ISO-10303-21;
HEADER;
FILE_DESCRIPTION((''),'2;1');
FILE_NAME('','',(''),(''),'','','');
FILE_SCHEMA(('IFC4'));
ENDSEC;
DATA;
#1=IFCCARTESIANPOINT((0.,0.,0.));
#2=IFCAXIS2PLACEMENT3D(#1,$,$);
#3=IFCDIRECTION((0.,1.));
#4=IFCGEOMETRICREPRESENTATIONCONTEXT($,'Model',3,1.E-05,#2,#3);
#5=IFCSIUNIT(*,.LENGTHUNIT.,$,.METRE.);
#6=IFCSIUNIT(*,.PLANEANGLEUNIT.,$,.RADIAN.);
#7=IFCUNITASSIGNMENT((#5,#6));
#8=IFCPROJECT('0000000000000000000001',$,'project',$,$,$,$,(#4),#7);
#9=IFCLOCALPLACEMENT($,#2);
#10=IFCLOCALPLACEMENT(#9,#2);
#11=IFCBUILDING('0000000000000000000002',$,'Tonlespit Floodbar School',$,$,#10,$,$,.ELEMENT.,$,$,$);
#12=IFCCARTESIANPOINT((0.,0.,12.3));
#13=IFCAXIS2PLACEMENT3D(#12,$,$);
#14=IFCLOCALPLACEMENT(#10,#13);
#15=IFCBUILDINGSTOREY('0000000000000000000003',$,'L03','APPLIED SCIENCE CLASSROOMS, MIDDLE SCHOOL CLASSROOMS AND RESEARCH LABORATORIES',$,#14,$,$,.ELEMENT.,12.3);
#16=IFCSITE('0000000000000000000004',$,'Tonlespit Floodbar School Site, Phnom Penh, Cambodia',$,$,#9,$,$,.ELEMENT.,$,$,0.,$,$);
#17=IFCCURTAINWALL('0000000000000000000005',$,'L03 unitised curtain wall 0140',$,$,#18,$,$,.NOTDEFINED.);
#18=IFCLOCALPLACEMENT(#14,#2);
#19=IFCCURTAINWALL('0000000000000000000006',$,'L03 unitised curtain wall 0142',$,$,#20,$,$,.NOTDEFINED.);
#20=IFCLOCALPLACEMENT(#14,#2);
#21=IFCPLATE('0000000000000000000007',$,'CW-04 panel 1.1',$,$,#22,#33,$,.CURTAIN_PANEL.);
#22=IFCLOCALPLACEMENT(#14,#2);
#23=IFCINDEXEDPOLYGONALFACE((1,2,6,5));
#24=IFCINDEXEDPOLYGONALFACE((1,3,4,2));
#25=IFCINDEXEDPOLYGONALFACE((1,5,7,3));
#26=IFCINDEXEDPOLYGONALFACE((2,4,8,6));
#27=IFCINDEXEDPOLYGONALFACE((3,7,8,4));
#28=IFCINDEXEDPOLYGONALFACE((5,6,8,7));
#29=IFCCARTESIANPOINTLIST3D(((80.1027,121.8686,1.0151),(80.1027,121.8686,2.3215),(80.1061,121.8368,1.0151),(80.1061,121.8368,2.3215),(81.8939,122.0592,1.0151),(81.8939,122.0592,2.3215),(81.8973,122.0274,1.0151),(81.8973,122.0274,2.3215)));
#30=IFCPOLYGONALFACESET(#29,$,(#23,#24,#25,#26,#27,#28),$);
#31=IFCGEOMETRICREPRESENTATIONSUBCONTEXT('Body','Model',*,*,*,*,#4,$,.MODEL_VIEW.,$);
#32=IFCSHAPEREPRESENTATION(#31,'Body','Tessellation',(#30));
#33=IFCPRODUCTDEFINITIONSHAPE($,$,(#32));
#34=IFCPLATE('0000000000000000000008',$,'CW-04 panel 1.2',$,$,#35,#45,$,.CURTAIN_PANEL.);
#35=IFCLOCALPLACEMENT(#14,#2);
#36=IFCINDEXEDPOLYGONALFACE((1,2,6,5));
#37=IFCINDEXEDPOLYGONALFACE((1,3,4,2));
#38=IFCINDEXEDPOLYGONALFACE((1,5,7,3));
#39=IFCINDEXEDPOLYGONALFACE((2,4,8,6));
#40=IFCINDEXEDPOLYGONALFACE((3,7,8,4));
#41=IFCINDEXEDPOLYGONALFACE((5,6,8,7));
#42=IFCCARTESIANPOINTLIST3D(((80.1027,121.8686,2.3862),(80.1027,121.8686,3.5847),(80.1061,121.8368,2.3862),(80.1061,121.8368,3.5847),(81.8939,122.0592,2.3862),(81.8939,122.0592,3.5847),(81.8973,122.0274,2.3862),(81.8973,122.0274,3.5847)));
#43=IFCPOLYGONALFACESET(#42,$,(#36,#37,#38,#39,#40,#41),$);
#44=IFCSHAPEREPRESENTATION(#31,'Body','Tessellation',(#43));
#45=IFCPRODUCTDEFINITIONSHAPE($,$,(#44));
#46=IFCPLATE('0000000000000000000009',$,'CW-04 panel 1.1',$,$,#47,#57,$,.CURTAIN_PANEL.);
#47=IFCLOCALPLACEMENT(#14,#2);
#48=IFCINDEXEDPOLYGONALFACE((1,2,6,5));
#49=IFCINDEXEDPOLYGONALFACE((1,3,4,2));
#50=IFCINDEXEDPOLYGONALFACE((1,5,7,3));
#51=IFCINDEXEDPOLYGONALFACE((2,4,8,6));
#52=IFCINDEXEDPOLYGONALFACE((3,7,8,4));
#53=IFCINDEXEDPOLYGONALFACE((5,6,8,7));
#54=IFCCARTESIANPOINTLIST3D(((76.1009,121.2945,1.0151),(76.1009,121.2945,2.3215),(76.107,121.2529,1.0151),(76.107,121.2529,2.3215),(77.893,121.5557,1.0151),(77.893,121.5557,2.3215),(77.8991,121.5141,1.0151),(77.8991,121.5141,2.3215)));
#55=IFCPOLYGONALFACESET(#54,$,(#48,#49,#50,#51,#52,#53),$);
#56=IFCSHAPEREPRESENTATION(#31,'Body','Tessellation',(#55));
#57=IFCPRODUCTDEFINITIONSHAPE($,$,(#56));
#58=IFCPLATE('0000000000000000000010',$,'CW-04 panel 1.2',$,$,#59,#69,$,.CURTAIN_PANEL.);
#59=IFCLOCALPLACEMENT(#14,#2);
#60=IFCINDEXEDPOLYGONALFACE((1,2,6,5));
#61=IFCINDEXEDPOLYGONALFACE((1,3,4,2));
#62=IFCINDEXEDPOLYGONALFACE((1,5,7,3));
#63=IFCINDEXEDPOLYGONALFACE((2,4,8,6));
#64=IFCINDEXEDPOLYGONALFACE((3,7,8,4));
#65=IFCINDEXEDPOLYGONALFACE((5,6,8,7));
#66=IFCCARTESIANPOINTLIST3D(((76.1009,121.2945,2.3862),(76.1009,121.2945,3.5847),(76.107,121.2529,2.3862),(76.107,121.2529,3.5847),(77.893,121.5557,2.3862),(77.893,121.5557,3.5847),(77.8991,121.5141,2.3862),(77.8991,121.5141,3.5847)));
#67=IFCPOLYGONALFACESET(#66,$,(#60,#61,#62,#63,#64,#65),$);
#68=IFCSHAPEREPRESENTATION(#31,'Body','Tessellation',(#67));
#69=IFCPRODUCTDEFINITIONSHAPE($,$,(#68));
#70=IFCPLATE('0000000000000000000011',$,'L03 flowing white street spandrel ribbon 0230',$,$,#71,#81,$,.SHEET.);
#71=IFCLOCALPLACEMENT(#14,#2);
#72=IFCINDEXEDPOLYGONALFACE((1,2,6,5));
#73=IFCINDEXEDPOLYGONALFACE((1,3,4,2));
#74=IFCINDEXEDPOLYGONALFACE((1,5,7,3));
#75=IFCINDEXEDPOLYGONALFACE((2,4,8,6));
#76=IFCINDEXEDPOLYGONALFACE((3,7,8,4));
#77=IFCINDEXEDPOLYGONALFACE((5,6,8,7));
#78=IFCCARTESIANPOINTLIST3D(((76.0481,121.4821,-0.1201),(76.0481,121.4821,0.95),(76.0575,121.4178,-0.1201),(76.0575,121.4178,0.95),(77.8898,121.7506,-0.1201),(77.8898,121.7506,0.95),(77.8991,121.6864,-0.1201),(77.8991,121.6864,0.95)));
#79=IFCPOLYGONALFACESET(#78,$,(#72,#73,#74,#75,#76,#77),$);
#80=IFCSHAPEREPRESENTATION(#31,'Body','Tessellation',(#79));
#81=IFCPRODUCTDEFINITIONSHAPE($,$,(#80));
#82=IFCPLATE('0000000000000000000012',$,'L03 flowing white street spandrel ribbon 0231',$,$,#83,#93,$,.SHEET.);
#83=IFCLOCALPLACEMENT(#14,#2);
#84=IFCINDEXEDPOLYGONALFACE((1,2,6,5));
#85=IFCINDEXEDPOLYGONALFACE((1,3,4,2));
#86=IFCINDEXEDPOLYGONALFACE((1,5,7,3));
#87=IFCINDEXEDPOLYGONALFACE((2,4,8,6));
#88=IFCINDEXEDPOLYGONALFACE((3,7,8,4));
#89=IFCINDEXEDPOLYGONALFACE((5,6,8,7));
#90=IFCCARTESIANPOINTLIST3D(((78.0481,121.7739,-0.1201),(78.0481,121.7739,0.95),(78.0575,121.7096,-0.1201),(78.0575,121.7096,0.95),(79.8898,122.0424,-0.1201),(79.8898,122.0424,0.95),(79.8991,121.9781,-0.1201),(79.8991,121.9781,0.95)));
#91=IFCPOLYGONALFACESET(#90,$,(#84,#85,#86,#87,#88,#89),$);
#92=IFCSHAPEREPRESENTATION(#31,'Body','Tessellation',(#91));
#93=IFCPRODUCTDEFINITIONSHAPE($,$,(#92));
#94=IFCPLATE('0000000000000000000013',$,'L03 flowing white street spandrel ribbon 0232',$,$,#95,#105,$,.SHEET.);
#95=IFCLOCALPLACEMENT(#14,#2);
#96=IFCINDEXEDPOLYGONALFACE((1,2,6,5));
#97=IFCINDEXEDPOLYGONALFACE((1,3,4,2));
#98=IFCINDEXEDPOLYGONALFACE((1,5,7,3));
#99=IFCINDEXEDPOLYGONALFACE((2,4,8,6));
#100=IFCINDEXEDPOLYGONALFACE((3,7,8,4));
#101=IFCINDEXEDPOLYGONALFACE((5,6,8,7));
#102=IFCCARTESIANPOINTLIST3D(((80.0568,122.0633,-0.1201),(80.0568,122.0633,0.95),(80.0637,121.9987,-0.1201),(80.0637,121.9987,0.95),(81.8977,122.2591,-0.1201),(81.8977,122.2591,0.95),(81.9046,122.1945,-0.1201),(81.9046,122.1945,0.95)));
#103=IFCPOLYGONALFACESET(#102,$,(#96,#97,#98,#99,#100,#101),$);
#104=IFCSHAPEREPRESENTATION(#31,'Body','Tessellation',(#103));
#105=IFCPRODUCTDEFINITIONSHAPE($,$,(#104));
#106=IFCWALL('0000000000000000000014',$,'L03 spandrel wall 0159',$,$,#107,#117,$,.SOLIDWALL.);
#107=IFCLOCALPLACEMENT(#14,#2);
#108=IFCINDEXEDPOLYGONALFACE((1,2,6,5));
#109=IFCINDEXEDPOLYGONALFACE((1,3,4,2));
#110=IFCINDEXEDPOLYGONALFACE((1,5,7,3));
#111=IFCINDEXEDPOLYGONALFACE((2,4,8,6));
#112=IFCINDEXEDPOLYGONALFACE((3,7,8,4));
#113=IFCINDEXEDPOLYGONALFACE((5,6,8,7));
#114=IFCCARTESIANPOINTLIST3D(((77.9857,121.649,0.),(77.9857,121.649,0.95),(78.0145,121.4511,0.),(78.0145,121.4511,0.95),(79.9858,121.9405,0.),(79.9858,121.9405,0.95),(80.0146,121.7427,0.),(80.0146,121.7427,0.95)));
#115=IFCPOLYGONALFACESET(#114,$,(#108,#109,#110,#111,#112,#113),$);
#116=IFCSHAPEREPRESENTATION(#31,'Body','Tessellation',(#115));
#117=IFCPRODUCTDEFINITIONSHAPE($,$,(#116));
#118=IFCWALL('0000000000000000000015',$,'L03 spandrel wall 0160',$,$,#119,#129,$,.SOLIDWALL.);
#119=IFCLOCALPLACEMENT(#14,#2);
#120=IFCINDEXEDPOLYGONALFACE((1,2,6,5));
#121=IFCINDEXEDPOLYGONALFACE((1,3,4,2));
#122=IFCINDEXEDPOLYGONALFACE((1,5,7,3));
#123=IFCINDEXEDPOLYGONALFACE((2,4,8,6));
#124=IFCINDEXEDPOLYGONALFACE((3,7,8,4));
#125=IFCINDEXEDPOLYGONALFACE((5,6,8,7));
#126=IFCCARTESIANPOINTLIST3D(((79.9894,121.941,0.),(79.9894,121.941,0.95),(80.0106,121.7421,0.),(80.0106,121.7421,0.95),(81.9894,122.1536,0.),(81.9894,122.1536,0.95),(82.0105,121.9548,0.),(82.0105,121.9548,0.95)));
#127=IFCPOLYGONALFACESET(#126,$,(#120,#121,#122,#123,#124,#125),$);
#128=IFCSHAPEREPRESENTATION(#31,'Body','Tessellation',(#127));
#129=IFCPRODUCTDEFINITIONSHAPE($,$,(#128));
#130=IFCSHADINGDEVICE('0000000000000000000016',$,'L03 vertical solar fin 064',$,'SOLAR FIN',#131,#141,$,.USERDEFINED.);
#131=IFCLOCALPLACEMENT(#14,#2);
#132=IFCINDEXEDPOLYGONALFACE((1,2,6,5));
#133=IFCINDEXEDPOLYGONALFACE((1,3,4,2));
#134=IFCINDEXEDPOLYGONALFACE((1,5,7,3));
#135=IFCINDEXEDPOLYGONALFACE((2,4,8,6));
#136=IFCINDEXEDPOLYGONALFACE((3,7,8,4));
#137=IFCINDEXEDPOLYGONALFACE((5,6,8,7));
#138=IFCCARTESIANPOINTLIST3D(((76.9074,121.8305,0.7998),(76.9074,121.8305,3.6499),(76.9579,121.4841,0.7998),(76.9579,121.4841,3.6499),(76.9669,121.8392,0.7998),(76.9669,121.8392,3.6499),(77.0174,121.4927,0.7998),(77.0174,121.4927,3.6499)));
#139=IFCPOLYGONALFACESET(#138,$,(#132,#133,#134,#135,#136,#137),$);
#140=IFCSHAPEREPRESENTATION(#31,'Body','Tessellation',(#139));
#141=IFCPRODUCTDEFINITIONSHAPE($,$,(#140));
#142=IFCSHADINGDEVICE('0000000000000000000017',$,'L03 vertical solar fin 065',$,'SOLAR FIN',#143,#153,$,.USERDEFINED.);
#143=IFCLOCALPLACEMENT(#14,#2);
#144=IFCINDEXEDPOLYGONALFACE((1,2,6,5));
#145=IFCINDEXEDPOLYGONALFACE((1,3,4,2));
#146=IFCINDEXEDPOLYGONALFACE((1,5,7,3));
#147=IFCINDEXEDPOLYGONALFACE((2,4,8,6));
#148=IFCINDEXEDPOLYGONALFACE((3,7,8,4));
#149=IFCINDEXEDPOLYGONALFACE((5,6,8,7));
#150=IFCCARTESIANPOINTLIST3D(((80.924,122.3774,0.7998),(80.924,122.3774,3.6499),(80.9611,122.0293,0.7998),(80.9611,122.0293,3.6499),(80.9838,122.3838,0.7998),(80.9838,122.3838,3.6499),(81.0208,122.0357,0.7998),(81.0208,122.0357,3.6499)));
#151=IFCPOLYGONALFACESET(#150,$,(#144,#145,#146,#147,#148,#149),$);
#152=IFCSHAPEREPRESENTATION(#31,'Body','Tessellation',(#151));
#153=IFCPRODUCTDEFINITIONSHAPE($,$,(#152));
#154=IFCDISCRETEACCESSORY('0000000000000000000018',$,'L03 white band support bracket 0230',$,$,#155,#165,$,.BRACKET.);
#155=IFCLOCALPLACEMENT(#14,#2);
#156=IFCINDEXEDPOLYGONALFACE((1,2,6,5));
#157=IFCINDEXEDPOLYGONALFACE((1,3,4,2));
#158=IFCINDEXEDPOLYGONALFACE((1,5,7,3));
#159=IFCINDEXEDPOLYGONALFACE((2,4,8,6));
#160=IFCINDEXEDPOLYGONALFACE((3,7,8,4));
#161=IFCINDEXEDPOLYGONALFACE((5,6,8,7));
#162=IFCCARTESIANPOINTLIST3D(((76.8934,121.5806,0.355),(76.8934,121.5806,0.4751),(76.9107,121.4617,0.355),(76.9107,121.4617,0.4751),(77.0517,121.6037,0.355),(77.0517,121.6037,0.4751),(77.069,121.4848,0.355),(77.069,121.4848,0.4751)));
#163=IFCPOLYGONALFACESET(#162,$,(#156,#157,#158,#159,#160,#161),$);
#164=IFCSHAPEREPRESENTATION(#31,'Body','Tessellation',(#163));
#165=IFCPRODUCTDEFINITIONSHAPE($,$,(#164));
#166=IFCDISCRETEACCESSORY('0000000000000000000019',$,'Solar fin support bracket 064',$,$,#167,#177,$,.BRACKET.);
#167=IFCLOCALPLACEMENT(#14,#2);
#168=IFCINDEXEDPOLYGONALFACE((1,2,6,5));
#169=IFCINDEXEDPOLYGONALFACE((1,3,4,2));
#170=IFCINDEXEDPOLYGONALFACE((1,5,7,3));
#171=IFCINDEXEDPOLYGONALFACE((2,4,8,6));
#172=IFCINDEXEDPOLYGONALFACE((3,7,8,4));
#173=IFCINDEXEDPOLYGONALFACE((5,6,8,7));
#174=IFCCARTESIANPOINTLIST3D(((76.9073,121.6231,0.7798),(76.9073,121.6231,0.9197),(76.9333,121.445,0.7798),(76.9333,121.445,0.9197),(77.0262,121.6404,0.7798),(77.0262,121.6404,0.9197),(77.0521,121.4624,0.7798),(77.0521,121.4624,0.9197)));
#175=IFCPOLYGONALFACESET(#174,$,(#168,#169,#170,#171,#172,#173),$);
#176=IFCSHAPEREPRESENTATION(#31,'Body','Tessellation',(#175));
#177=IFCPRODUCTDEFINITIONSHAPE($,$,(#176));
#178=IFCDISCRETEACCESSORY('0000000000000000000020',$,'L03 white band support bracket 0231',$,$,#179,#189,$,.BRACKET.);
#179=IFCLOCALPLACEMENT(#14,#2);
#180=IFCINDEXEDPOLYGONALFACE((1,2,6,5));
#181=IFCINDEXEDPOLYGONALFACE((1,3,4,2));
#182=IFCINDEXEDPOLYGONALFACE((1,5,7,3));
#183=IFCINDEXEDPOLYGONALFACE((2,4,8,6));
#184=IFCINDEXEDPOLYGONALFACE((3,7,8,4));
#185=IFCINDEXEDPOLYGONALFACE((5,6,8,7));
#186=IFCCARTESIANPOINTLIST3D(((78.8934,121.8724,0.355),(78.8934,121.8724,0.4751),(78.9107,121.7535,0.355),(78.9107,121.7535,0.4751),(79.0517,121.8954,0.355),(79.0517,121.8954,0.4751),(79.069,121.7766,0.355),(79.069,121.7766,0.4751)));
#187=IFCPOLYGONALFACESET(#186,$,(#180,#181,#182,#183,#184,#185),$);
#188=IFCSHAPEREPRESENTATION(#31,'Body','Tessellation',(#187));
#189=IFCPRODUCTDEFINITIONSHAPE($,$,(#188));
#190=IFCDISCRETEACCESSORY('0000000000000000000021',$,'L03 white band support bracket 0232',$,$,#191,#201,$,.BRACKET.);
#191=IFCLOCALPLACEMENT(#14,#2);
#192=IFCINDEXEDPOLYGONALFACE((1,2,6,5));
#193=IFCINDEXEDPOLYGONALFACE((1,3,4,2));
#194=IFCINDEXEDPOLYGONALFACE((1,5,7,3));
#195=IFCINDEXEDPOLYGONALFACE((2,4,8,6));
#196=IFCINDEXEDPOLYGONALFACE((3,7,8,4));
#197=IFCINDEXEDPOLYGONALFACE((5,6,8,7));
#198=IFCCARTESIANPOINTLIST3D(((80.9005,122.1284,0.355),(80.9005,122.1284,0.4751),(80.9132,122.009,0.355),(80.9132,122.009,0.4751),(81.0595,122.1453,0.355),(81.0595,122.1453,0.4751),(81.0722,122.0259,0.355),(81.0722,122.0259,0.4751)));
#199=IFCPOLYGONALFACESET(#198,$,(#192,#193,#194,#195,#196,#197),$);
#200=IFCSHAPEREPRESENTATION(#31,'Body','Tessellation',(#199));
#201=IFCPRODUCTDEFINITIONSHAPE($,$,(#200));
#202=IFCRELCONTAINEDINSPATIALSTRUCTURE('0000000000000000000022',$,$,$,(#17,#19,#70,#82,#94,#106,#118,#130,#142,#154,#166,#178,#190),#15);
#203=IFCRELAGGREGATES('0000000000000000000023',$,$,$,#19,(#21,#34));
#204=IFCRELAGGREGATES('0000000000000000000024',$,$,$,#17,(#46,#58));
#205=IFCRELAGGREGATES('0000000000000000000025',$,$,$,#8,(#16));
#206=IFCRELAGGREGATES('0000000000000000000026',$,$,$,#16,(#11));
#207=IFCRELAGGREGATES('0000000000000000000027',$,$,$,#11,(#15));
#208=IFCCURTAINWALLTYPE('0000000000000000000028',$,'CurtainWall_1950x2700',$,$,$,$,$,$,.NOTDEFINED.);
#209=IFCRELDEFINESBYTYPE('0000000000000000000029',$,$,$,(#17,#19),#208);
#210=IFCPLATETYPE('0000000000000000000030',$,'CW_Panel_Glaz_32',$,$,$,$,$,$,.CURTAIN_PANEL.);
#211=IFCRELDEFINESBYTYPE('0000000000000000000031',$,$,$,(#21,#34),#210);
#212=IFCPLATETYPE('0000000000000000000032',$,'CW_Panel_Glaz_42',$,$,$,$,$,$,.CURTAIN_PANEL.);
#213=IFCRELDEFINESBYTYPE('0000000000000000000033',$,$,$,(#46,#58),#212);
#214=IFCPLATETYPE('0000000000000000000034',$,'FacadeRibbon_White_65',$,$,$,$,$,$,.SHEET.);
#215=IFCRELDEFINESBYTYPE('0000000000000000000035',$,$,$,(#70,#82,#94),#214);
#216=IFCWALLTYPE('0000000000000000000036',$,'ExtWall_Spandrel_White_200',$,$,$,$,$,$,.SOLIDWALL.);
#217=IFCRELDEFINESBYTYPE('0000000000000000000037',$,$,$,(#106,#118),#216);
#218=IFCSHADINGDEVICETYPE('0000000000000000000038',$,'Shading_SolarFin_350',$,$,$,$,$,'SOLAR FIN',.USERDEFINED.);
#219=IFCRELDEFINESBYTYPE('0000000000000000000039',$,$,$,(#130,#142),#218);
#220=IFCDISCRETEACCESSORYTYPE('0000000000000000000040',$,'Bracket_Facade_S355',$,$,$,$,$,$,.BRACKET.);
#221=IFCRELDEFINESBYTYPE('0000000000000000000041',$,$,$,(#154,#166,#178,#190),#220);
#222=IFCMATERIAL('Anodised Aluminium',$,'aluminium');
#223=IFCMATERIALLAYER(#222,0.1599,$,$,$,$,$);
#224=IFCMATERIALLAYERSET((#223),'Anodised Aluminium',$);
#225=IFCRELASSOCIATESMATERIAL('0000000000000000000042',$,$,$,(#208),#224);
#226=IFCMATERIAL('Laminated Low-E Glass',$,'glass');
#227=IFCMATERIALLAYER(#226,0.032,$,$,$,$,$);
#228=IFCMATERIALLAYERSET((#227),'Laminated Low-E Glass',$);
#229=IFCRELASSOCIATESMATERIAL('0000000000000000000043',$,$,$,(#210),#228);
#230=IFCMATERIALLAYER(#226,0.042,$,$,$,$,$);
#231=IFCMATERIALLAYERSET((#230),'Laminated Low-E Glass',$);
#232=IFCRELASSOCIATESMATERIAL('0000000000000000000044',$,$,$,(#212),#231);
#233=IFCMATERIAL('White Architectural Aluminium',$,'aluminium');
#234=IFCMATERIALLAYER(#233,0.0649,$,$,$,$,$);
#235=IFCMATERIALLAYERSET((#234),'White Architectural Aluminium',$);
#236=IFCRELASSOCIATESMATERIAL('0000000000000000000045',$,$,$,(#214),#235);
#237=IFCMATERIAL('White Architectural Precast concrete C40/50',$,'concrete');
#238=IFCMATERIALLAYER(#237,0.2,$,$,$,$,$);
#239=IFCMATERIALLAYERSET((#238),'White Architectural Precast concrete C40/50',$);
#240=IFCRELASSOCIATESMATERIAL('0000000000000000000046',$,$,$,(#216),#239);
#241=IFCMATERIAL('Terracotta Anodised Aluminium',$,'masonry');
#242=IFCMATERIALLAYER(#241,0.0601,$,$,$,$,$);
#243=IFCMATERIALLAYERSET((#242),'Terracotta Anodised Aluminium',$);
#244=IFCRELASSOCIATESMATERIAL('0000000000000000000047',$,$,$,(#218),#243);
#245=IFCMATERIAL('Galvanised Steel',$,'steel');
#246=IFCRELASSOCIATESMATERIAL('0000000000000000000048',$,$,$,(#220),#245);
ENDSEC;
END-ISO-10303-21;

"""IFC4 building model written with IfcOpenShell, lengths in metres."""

from ifc_helpers import new_model, si_unit, direction, frame, frame_2d, origin, origin_2d, place, context, subcontext, project, spatial, rectangle, extrude, material, layer, layer_set, type_object, element, aggregate, save


model = new_model("IFC4")

# Units and contexts
model_context = context("Model", 3, precision=1e-05, world=origin(), true_north=direction((0.0, 1.0)))
body_context = subcontext(model_context, "Body", "Model", "MODEL_VIEW")
ifc_project = project(units=[si_unit("LENGTHUNIT", "METRE"), si_unit("PLANEANGLEUNIT", "RADIAN")], contexts=[model_context])

# Site, building, storey
site_placement = place(None, origin())
site = spatial("IfcSite", under=ifc_project, at=site_placement, Name="Tonlespit Floodbar School Site, Phnom Penh, Cambodia", CompositionType="ELEMENT", RefElevation=0.0)
building_placement = place(site_placement, origin())
building = spatial("IfcBuilding", under=site, at=building_placement, Name="Tonlespit Floodbar School", CompositionType="ELEMENT")
storey_placement = place(building_placement, frame((0.0, 0.0, 12.3)))
storey = spatial("IfcBuildingStorey", under=building, at=storey_placement, Name="L03", Description="APPLIED SCIENCE CLASSROOMS, MIDDLE SCHOOL CLASSROOMS AND RESEARCH LABORATORIES", CompositionType="ELEMENT", Elevation=12.3)

# Curtain walls
ifc_material_1 = material(Name="Anodised Aluminium", Category="aluminium")
ifc_layer_1 = layer(ifc_material_1, 0.1599)
ifc_layer_set_1 = layer_set([ifc_layer_1], Name="Anodised Aluminium")
curtain_wall_type = type_object("IfcCurtainWallType", Name="CurtainWall_1950x2700", PredefinedType="NOTDEFINED", material=ifc_layer_set_1)
curtain_wall_1_placement = place(storey_placement, origin())
curtain_wall_1 = element("IfcCurtainWall", 1, at=curtain_wall_1_placement, inside=storey, type_object=curtain_wall_type, Name="L03 unitised curtain wall 0140", PredefinedType="NOTDEFINED")
curtain_wall_2_placement = place(storey_placement, origin())
curtain_wall_2 = element("IfcCurtainWall", 2, at=curtain_wall_2_placement, inside=storey, type_object=curtain_wall_type, Name="L03 unitised curtain wall 0142", PredefinedType="NOTDEFINED")

# Plates
ifc_material_2 = material(Name="Laminated Low-E Glass", Category="glass")
ifc_layer_2 = layer(ifc_material_2, 0.032)
ifc_layer_set_2 = layer_set([ifc_layer_2], Name="Laminated Low-E Glass")
plate_type_1 = type_object("IfcPlateType", Name="CW_Panel_Glaz_32", PredefinedType="CURTAIN_PANEL", material=ifc_layer_set_2)
plate_1_placement = place(storey_placement, frame((81.0, 121.948, 1.0151), z_axis=(0.0, 0.0, 1.0), x_axis=(0.994389, 0.105787, 0.0)))
plate_1 = element("IfcPlate", 3, at=plate_1_placement, type_object=plate_type_1, Name="CW-04 panel 1.1", PredefinedType="CURTAIN_PANEL", context=body_context, shape_type="SweptSolid", body=[
    extrude(rectangle(XDim=1.8013, YDim=0.032, at=origin_2d()), origin(), (0.0, 0.0, 1.0), 1.3064),
])
plate_2_placement = place(storey_placement, frame((81.0, 121.948, 2.3862), z_axis=(0.0, 0.0, 1.0), x_axis=(0.994389, 0.105787, 0.0)))
plate_2 = element("IfcPlate", 4, at=plate_2_placement, type_object=plate_type_1, Name="CW-04 panel 1.2", PredefinedType="CURTAIN_PANEL", context=body_context, shape_type="SweptSolid", body=[
    extrude(rectangle(XDim=1.8013, YDim=0.032, at=origin_2d()), origin(), (0.0, 0.0, 1.0), 1.1985),
])
aggregate(curtain_wall_2, [plate_1, plate_2])
ifc_layer_3 = layer(ifc_material_2, 0.042)
ifc_layer_set_3 = layer_set([ifc_layer_3], Name="Laminated Low-E Glass")
plate_type_2 = type_object("IfcPlateType", Name="CW_Panel_Glaz_42", PredefinedType="CURTAIN_PANEL", material=ifc_layer_set_3)
plate_3_placement = place(storey_placement, frame((77.0, 121.4043, 1.0151), z_axis=(0.0, 0.0, 1.0), x_axis=(0.989542, 0.144248, 0.0)))
plate_3 = element("IfcPlate", 5, at=plate_3_placement, type_object=plate_type_2, Name="CW-04 panel 1.1", PredefinedType="CURTAIN_PANEL", context=body_context, shape_type="SweptSolid", body=[
    extrude(rectangle(XDim=1.811, YDim=0.042, at=origin_2d()), origin(), (0.0, 0.0, 1.0), 1.3064),
])
plate_4_placement = place(storey_placement, frame((77.0, 121.4043, 2.3862), z_axis=(0.0, 0.0, 1.0), x_axis=(0.989542, 0.144248, 0.0)))
plate_4 = element("IfcPlate", 6, at=plate_4_placement, type_object=plate_type_2, Name="CW-04 panel 1.2", PredefinedType="CURTAIN_PANEL", context=body_context, shape_type="SweptSolid", body=[
    extrude(rectangle(XDim=1.811, YDim=0.042, at=origin_2d()), origin(), (0.0, 0.0, 1.0), 1.1985),
])
aggregate(curtain_wall_1, [plate_3, plate_4])

# Plates
ifc_material_3 = material(Name="White Architectural Aluminium", Category="aluminium")
ifc_layer_4 = layer(ifc_material_3, 0.0649)
ifc_layer_set_4 = layer_set([ifc_layer_4], Name="White Architectural Aluminium")
plate_type_3 = type_object("IfcPlateType", Name="FacadeRibbon_White_65", PredefinedType="SHEET", material=ifc_layer_set_4)
for number, where, z_axis, x_axis, name in (
    (7, (76.9736, 121.5842, -0.1201), (0.0, 0.0, 1.0), (0.989538, 0.144275, 0.0), "L03 flowing white street spandrel ribbon 0230"),
    (8, (78.9736, 121.876, -0.1201), (0.0, 0.0, 1.0), (0.989538, 0.144275, 0.0), "L03 flowing white street spandrel ribbon 0231"),
):
    element("IfcPlate", number, at=place(storey_placement, frame(where, z_axis=z_axis, x_axis=x_axis)), inside=storey, type_object=plate_type_3, Name=name, PredefinedType="SHEET", context=body_context, shape_type="SweptSolid", body=[
        extrude(rectangle(XDim=1.8611, YDim=0.0649, at=origin_2d()), origin(), (0.0, 0.0, 1.0), 1.0701),
    ])
plate_5_placement = place(storey_placement, frame((80.9807, 122.1289, -0.1201), z_axis=(0.0, 0.0, 1.0), x_axis=(0.994392, 0.105754, 0.0)))
element("IfcPlate", 9, at=plate_5_placement, inside=storey, type_object=plate_type_3, Name="L03 flowing white street spandrel ribbon 0232", PredefinedType="SHEET", context=body_context, shape_type="SweptSolid", body=[
    extrude(rectangle(XDim=1.8513, YDim=0.0649, at=origin_2d()), origin(), (0.0, 0.0, 1.0), 1.0701),
])

# Walls
ifc_material_4 = material(Name="White Architectural Precast concrete C40/50", Category="concrete")
ifc_layer_5 = layer(ifc_material_4, 0.2)
ifc_layer_set_5 = layer_set([ifc_layer_5], Name="White Architectural Precast concrete C40/50")
wall_type = type_object("IfcWallType", Name="ExtWall_Spandrel_White_200", PredefinedType="SOLIDWALL", material=ifc_layer_set_5)
wall_1_placement = place(storey_placement, frame((78.0, 121.55, 0.0), z_axis=(0.0, 0.0, 1.0), x_axis=(0.989544, 0.144228, 0.0)))
element("IfcWall", 10, at=wall_1_placement, inside=storey, type_object=wall_type, Name="L03 spandrel wall 0159", PredefinedType="SOLIDWALL", context=body_context, shape_type="SweptSolid", body=[
    extrude(rectangle(XDim=2.0212, YDim=0.2, at=frame_2d((1.0107, 0.0))), origin(), (0.0, 0.0, 1.0), 0.95),
])
wall_2_placement = place(storey_placement, frame((80.0, 121.8416, 0.0), z_axis=(0.0, 0.0, 1.0), x_axis=(0.994395, 0.105727, 0.0)))
element("IfcWall", 11, at=wall_2_placement, inside=storey, type_object=wall_type, Name="L03 spandrel wall 0160", PredefinedType="SOLIDWALL", context=body_context, shape_type="SweptSolid", body=[
    extrude(rectangle(XDim=2.0112, YDim=0.2, at=frame_2d((1.0056, 0.0))), origin(), (0.0, 0.0, 1.0), 0.95),
])

# Shading devices
ifc_material_5 = material(Name="Terracotta Anodised Aluminium", Category="masonry")
ifc_layer_6 = layer(ifc_material_5, 0.0601)
ifc_layer_set_6 = layer_set([ifc_layer_6], Name="Terracotta Anodised Aluminium")
shading_device_type = type_object("IfcShadingDeviceType", Name="Shading_SolarFin_350", ElementType="SOLAR FIN", PredefinedType="USERDEFINED", material=ifc_layer_set_6)
for number, where, z_axis, x_axis, name in (
    (12, (76.9624, 121.6616, 0.7998), (0.0, 0.0, 1.0), (0.989538, 0.144275, 0.0), "L03 vertical solar fin 064"),
    (13, (80.9724, 122.2065, 0.7998), (0.0, 0.0, 1.0), (0.994392, 0.105754, 0.0), "L03 vertical solar fin 065"),
):
    element("IfcShadingDevice", number, at=place(storey_placement, frame(where, z_axis=z_axis, x_axis=x_axis)), inside=storey, type_object=shading_device_type, Name=name, ObjectType="SOLAR FIN", PredefinedType="USERDEFINED", context=body_context, shape_type="SweptSolid", body=[
        extrude(rectangle(XDim=0.0601, YDim=0.3501, at=origin_2d()), origin(), (0.0, 0.0, 1.0), 2.8501),
    ])

# Discrete accessories
ifc_material_6 = material(Name="Galvanised Steel", Category="steel")
discrete_accessory_type = type_object("IfcDiscreteAccessoryType", Name="Bracket_Facade_S355", PredefinedType="BRACKET", material=ifc_material_6)
discrete_accessory_1_placement = place(storey_placement, frame((76.9812, 121.5327, 0.355), z_axis=(0.0, 0.0, 1.0), x_axis=(0.989538, 0.144275, 0.0)))
element("IfcDiscreteAccessory", 14, at=discrete_accessory_1_placement, inside=storey, type_object=discrete_accessory_type, Name="L03 white band support bracket 0230", PredefinedType="BRACKET", context=body_context, shape_type="SweptSolid", body=[
    extrude(rectangle(XDim=0.1599, YDim=0.1201, at=origin_2d()), origin(), (0.0, 0.0, 1.0), 0.1201),
])
discrete_accessory_2_placement = place(storey_placement, frame((76.9797, 121.5427, 0.7798), z_axis=(0.0, 0.0, 1.0), x_axis=(0.989538, 0.144275, 0.0)))
element("IfcDiscreteAccessory", 15, at=discrete_accessory_2_placement, inside=storey, type_object=discrete_accessory_type, Name="Solar fin support bracket 064", PredefinedType="BRACKET", context=body_context, shape_type="SweptSolid", body=[
    extrude(rectangle(XDim=0.1201, YDim=0.1799, at=origin_2d()), origin(), (0.0, 0.0, 1.0), 0.1399),
])
for number, where, z_axis, x_axis, name in (
    (16, (78.9812, 121.8245, 0.355), (0.0, 0.0, 1.0), (0.989538, 0.144275, 0.0), "L03 white band support bracket 0231"),
    (17, (80.9863, 122.0771, 0.355), (0.0, 0.0, 1.0), (0.994392, 0.105754, 0.0), "L03 white band support bracket 0232"),
):
    element("IfcDiscreteAccessory", number, at=place(storey_placement, frame(where, z_axis=z_axis, x_axis=x_axis)), inside=storey, type_object=discrete_accessory_type, Name=name, PredefinedType="BRACKET", context=body_context, shape_type="SweptSolid", body=[
        extrude(rectangle(XDim=0.1599, YDim=0.1201, at=origin_2d()), origin(), (0.0, 0.0, 1.0), 0.1201),
    ])

save(model, "model.ifc")
